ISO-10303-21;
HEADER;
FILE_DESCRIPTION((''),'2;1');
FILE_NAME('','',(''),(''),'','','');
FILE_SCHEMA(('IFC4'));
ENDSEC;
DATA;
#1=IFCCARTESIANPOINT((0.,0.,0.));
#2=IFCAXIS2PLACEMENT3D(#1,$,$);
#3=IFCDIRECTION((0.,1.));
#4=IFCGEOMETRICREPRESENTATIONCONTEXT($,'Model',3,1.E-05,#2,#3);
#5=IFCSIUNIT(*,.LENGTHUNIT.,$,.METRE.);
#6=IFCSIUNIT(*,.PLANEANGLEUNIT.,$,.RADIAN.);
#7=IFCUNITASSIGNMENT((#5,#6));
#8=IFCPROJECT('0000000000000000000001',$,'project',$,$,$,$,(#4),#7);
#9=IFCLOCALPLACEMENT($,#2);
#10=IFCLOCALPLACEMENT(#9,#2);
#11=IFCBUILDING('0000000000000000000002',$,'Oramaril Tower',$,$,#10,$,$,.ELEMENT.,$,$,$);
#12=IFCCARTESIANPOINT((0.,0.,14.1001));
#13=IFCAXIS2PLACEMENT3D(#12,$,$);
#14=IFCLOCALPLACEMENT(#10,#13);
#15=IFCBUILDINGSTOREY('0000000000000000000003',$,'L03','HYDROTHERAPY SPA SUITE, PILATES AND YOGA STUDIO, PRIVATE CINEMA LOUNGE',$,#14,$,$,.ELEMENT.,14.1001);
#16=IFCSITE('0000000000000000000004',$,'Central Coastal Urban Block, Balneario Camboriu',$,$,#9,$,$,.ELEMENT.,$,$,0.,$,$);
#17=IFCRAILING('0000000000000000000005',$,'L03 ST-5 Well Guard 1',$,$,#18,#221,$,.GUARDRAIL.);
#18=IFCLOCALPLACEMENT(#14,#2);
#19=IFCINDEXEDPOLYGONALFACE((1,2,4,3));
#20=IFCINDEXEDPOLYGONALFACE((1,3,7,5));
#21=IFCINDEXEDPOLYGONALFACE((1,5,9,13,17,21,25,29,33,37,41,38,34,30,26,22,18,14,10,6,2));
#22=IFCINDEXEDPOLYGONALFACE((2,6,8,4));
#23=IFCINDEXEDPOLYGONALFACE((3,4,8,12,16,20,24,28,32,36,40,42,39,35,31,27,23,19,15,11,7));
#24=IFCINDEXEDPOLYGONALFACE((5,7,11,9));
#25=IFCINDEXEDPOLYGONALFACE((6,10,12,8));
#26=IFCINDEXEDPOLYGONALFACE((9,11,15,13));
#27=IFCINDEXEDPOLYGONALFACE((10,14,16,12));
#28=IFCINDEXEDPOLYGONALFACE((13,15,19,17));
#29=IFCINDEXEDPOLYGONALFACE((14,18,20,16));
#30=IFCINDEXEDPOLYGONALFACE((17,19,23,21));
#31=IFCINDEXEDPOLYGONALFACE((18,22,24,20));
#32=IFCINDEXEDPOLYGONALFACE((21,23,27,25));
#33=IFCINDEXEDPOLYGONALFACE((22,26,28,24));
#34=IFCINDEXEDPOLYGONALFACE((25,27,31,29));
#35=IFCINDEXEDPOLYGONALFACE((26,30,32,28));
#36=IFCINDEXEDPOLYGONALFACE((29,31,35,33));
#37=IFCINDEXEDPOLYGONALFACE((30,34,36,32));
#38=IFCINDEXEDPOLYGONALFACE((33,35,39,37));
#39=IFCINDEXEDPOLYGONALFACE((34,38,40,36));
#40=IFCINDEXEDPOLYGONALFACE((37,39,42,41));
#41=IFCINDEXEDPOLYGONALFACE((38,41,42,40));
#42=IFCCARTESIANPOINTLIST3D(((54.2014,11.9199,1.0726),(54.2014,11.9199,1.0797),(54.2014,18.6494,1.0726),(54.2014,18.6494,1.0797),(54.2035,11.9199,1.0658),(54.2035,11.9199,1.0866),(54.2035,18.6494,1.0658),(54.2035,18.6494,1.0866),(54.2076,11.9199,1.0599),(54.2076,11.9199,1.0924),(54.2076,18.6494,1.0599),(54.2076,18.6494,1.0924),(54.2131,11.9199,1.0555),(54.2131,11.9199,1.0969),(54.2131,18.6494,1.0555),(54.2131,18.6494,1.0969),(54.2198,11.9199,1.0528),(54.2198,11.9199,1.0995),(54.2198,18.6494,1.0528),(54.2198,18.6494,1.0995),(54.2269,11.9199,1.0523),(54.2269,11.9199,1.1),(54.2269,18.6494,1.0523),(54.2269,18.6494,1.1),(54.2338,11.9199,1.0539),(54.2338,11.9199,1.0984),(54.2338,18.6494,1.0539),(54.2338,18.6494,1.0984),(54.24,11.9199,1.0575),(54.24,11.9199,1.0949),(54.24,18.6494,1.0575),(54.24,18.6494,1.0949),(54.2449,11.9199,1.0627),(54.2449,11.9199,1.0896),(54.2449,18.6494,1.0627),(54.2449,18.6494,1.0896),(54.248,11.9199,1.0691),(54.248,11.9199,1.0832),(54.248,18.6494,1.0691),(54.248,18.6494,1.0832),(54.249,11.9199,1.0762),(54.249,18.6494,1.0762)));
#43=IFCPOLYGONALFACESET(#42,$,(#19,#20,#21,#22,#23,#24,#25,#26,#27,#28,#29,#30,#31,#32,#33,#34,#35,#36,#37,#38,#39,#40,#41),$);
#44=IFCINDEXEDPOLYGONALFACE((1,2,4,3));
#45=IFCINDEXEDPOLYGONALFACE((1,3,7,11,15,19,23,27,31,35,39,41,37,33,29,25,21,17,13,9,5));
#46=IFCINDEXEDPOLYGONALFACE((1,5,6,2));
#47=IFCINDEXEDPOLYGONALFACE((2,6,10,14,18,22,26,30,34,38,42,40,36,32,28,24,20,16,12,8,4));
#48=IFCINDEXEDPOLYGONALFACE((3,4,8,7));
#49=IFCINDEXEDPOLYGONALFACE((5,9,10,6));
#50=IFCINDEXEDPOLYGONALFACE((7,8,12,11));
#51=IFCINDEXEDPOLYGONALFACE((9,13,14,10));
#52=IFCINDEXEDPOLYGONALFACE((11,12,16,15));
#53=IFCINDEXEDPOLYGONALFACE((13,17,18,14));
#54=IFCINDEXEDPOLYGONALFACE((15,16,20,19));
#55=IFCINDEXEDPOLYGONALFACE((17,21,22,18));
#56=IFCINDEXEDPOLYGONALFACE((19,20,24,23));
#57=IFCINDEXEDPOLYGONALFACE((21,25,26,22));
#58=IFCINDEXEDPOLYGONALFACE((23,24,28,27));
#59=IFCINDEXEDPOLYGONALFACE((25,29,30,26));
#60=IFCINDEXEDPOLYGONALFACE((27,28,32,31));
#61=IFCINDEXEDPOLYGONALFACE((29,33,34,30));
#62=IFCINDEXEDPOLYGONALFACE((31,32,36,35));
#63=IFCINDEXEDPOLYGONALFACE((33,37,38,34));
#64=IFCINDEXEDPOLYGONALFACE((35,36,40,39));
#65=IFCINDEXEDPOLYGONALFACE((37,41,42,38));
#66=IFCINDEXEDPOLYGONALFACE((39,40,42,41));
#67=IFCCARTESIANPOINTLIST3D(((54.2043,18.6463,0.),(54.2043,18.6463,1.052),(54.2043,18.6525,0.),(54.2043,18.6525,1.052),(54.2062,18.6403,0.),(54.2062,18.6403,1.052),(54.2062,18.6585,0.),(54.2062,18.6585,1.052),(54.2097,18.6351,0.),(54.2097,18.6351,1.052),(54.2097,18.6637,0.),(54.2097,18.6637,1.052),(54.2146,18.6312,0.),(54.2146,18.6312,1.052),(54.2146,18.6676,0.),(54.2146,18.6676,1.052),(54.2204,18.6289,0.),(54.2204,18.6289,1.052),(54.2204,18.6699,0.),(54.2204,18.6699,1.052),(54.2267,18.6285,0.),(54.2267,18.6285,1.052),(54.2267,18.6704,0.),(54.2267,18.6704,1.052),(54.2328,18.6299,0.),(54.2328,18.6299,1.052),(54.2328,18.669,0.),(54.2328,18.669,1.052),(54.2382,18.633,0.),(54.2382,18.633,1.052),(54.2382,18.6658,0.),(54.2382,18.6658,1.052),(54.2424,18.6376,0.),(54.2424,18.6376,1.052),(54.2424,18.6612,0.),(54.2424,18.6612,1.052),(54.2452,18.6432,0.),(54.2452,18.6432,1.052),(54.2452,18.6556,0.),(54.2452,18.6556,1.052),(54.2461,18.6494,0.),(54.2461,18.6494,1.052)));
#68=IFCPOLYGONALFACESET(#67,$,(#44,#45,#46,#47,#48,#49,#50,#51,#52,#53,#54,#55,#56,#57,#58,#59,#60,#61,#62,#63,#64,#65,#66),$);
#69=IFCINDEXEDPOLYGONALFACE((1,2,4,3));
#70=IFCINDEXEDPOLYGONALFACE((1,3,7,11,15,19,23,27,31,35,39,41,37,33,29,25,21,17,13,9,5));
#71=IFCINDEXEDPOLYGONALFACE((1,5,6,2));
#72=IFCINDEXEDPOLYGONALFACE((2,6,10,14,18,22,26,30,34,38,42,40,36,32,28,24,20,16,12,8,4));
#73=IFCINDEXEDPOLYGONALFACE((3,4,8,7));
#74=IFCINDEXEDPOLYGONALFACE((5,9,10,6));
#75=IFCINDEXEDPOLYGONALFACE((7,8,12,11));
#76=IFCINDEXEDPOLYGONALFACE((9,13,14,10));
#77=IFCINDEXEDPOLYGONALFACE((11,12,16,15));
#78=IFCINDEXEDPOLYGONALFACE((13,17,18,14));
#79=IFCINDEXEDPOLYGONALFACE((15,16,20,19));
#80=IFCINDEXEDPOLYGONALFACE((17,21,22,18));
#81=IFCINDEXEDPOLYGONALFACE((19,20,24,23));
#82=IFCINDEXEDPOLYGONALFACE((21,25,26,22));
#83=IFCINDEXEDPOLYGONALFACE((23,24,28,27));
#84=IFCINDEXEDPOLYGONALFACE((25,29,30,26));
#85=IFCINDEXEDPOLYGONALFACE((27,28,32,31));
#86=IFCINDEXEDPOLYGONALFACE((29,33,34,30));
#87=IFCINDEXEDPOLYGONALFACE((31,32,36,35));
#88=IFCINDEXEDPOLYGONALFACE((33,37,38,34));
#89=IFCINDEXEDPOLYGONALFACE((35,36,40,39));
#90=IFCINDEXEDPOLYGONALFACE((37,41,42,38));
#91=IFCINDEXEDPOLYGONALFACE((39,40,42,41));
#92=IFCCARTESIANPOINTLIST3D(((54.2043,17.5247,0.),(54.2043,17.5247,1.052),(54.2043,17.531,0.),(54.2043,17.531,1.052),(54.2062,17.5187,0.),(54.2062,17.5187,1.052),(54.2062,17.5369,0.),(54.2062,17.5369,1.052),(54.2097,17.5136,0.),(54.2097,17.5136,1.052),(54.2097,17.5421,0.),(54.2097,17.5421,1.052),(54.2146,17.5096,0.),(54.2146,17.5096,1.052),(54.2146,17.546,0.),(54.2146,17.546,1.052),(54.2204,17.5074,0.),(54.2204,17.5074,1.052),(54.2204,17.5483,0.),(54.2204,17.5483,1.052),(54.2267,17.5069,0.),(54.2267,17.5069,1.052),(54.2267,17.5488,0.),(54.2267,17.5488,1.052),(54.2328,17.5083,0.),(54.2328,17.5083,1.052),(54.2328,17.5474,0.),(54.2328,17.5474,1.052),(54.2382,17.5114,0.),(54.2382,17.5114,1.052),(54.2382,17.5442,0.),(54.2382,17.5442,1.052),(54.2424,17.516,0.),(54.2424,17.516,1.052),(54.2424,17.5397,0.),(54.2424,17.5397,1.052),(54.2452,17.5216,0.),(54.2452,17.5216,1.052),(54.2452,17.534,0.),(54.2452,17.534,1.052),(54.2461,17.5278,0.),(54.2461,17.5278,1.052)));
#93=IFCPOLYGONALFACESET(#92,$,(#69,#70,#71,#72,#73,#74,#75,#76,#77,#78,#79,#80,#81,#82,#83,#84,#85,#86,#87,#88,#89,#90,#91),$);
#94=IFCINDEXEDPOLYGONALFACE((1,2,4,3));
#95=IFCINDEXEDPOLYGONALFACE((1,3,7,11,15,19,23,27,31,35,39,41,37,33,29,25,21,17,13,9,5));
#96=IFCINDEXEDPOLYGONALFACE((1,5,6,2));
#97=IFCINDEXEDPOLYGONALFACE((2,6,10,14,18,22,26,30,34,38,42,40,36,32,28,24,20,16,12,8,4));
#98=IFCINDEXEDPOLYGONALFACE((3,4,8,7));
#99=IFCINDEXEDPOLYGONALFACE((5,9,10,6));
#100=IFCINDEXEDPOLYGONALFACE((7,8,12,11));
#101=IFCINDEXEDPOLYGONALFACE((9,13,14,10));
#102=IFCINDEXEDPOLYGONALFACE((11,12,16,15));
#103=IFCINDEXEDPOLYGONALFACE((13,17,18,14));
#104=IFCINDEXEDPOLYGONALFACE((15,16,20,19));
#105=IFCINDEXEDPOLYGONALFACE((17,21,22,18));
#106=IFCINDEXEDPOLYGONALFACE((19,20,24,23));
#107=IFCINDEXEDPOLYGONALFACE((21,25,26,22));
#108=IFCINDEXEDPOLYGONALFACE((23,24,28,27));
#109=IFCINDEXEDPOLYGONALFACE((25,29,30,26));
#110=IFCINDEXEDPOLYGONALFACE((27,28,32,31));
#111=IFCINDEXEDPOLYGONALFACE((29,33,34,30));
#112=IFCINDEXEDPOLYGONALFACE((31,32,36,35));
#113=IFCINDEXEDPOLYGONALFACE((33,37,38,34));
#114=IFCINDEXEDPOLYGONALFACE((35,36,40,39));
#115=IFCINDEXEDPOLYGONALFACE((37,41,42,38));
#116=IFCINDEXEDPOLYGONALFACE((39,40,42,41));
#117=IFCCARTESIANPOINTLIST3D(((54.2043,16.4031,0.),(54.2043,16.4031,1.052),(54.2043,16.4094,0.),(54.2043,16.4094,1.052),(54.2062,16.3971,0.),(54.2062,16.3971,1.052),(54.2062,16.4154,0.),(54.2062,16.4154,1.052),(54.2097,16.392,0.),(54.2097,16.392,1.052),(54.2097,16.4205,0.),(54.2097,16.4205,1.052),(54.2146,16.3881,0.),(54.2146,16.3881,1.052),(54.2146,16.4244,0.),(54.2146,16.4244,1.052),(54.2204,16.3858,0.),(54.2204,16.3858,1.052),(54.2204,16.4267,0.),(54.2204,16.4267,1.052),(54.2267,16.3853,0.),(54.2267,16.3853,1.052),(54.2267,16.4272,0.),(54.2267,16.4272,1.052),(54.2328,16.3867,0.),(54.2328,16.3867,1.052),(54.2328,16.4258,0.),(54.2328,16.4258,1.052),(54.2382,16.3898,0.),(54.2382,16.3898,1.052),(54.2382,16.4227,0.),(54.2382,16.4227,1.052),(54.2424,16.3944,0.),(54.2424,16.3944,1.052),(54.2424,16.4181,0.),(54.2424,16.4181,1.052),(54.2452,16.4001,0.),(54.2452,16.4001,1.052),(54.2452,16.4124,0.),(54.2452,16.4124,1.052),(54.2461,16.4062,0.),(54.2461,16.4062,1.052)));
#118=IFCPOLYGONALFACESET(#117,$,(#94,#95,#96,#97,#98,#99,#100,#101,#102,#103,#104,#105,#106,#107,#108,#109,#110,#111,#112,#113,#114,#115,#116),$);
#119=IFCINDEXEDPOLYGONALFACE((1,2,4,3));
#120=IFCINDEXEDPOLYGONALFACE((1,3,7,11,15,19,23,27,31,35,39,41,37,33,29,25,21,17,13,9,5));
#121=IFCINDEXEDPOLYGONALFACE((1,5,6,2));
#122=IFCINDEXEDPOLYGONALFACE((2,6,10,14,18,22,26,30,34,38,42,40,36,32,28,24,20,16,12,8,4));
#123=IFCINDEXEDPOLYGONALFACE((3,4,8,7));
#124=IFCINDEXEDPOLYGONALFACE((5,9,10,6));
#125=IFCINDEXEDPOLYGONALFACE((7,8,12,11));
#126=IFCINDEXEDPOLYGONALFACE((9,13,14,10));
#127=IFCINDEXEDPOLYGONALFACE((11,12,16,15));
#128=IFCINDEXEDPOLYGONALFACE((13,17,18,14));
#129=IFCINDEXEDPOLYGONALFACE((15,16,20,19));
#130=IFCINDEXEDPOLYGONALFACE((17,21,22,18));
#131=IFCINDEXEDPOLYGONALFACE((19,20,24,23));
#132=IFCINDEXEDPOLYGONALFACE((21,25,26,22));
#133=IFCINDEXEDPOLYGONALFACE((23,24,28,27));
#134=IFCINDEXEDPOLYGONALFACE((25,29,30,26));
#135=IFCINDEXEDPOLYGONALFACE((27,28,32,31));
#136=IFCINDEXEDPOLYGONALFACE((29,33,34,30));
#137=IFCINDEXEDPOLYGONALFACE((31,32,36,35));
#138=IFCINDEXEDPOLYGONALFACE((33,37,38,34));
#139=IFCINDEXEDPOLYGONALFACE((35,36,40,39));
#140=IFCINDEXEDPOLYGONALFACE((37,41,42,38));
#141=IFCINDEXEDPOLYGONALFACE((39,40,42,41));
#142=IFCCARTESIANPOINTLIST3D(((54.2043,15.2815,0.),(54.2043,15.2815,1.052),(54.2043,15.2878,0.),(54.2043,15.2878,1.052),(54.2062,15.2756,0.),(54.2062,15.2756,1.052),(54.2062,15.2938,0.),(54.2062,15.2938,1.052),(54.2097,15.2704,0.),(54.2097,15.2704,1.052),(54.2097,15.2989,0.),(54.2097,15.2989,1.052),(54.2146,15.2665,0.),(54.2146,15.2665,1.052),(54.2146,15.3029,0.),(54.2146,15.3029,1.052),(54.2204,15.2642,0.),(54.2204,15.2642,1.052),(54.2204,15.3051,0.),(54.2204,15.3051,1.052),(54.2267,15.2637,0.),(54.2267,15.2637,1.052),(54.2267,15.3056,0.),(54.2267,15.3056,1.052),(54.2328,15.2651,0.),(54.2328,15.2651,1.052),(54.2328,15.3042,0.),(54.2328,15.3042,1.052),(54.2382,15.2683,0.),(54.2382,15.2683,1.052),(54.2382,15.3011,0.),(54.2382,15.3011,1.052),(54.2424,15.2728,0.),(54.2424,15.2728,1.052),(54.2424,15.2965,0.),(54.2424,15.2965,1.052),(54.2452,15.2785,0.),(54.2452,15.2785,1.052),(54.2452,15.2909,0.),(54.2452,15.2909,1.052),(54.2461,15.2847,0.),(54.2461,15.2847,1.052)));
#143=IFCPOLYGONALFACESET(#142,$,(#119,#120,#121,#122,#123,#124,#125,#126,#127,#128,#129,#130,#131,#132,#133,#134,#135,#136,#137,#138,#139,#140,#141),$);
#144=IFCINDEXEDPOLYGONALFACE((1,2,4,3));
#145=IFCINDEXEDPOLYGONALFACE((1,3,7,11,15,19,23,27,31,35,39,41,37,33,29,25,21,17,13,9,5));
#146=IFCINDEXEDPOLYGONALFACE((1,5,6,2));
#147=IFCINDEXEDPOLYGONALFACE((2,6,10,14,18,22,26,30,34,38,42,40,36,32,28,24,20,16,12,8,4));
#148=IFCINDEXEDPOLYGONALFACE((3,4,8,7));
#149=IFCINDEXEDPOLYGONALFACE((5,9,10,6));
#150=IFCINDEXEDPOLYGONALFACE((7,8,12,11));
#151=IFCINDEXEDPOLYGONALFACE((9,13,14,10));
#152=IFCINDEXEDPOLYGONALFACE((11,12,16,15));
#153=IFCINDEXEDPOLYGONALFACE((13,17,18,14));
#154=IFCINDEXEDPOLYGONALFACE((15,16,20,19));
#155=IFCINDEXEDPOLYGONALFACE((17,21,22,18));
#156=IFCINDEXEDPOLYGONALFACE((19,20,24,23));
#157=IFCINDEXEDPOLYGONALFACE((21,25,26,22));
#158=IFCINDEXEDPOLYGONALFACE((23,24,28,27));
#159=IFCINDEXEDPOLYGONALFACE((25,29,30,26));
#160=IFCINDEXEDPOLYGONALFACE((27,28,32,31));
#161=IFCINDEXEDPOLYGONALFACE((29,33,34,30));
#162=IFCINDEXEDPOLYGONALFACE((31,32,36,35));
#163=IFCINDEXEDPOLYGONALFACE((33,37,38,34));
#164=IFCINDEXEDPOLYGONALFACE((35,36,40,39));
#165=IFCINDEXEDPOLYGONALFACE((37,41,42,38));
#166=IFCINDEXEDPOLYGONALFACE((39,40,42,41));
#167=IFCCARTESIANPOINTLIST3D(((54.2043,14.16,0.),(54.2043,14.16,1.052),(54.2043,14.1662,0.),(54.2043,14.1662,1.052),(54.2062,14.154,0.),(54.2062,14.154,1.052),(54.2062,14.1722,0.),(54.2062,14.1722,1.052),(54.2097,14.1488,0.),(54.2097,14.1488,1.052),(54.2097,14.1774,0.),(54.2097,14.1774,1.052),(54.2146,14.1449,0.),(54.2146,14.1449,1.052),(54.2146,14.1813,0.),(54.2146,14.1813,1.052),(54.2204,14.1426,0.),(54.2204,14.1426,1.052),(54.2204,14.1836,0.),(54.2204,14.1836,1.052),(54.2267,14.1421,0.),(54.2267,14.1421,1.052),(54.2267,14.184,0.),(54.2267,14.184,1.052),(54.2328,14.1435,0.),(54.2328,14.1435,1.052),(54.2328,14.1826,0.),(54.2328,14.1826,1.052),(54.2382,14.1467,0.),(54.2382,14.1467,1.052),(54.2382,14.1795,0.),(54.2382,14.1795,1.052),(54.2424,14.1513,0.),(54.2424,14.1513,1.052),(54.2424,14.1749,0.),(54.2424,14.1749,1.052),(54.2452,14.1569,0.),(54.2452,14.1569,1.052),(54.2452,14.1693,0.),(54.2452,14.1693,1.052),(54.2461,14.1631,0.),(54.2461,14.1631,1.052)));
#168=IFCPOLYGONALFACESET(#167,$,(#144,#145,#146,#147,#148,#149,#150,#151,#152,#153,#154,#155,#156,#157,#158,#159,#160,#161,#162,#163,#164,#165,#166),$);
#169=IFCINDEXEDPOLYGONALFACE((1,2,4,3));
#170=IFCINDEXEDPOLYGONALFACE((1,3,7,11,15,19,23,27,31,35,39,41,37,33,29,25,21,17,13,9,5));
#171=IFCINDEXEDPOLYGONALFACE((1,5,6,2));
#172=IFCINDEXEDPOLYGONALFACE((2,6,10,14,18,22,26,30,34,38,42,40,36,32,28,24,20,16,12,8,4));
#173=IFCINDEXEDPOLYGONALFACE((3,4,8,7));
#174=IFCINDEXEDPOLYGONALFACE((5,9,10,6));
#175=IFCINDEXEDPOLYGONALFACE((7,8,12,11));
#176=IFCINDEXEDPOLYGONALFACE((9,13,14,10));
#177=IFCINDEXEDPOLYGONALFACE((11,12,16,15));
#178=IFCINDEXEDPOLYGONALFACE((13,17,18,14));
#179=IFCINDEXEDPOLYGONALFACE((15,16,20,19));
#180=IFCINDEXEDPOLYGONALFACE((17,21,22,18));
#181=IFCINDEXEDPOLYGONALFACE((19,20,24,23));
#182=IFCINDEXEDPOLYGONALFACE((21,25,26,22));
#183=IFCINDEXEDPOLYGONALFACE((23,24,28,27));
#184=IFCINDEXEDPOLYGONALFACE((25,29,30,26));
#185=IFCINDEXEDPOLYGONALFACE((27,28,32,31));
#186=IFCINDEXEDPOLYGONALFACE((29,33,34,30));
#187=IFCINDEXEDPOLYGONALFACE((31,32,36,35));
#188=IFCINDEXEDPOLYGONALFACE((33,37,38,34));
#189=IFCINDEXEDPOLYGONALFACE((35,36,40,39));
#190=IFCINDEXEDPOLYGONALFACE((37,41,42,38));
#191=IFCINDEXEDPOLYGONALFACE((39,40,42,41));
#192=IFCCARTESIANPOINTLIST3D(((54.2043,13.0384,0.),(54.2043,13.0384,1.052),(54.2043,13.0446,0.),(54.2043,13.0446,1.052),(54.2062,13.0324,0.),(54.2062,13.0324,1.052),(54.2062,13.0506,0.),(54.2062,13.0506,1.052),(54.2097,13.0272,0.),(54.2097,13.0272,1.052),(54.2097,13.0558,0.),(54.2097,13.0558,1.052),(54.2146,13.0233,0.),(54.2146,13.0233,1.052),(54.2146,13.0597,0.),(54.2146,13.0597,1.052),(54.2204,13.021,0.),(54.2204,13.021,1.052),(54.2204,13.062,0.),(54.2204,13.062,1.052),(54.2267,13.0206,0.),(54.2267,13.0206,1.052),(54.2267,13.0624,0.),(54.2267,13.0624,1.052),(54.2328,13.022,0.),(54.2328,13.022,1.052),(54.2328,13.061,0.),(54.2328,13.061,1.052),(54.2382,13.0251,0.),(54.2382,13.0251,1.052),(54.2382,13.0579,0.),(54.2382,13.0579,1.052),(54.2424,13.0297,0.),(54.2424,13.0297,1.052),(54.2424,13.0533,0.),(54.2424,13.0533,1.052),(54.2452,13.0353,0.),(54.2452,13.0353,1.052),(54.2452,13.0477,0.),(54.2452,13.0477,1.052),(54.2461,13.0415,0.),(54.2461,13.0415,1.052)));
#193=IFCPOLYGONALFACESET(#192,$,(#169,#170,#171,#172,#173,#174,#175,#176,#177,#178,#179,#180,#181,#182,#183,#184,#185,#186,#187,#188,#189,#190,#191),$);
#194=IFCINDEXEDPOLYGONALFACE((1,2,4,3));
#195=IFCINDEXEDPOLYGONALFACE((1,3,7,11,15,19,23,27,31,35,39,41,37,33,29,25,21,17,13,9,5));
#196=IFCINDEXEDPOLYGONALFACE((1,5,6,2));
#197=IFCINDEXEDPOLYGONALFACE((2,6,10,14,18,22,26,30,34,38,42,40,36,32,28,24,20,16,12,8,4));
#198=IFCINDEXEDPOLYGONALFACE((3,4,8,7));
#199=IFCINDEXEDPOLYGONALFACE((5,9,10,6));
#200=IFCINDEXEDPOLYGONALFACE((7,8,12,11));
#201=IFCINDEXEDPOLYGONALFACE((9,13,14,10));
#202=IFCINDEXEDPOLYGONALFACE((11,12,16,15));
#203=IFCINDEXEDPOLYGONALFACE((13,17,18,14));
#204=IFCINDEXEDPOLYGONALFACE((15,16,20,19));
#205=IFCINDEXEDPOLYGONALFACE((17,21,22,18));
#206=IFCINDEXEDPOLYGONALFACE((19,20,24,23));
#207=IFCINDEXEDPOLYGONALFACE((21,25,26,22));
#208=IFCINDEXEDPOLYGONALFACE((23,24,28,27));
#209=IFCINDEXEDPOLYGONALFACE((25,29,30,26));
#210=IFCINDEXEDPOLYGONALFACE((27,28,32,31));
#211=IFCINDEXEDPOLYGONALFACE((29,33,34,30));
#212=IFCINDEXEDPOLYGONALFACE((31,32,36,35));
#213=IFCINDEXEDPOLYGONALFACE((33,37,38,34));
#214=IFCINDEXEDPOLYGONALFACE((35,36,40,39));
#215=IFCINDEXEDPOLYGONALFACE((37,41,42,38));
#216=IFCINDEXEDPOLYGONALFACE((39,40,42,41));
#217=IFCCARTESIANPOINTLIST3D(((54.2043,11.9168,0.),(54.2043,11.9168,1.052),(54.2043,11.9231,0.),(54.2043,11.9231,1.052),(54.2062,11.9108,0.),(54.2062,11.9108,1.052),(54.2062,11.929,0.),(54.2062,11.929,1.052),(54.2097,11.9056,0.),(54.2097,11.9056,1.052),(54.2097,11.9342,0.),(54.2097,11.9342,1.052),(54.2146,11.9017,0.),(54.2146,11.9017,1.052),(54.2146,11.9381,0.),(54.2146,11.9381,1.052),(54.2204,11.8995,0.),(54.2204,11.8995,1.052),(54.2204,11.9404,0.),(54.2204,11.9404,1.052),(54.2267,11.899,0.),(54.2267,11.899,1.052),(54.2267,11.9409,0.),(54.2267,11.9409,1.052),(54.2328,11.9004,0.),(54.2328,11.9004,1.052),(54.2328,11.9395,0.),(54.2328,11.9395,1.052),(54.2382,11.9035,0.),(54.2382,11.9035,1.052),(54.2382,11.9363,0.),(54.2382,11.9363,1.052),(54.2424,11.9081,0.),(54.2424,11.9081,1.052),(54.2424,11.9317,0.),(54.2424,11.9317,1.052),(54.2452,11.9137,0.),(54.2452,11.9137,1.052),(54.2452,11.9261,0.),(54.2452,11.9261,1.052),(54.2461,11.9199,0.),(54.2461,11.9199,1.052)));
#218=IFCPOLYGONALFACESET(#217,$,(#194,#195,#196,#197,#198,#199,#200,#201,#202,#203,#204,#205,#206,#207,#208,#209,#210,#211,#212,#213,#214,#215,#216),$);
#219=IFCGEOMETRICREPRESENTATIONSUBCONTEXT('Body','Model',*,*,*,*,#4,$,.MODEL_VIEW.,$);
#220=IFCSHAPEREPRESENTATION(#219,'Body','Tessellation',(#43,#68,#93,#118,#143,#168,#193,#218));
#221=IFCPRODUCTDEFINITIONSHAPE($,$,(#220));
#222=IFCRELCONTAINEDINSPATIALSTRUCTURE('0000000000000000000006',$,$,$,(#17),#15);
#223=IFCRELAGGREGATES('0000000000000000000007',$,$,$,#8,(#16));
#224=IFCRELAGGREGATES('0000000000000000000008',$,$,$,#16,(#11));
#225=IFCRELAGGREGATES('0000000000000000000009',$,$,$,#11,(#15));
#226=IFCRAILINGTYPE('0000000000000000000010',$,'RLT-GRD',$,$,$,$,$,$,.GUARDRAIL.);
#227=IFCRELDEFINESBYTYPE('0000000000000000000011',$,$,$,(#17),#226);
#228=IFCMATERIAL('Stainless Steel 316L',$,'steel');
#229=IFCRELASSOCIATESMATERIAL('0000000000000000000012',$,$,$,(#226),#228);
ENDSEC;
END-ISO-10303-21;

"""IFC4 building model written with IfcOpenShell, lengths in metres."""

from ifc_helpers import new_model, si_unit, direction, frame, origin, origin_2d, place, context, subcontext, project, spatial, circle, extrude, material, type_object, element, save


model = new_model("IFC4")

# Units and contexts
model_context = context("Model", 3, precision=1e-05, world=origin(), true_north=direction((0.0, 1.0)))
body_context = subcontext(model_context, "Body", "Model", "MODEL_VIEW")
ifc_project = project(units=[si_unit("LENGTHUNIT", "METRE"), si_unit("PLANEANGLEUNIT", "RADIAN")], contexts=[model_context])

# Site, building, storey
site_placement = place(None, origin())
site = spatial("IfcSite", under=ifc_project, at=site_placement, Name="Central Coastal Urban Block, Balneario Camboriu", CompositionType="ELEMENT", RefElevation=0.0)
building_placement = place(site_placement, origin())
building = spatial("IfcBuilding", under=site, at=building_placement, Name="Oramaril Tower", CompositionType="ELEMENT")
storey_placement = place(building_placement, frame((0.0, 0.0, 14.1001)))
storey = spatial("IfcBuildingStorey", under=building, at=storey_placement, Name="L03", Description="HYDROTHERAPY SPA SUITE, PILATES AND YOGA STUDIO, PRIVATE CINEMA LOUNGE", CompositionType="ELEMENT", Elevation=14.1001)

# Railing
ifc_material_1 = material(Name="Stainless Steel 316L", Category="steel")
railing_type_1 = type_object("IfcRailingType", Name="RLT-GRD", PredefinedType="GUARDRAIL", material=ifc_material_1)
railing_1_placement = place(storey_placement, frame((54.2251, 18.6494, 0.0)))
element("IfcRailing", 1, at=railing_1_placement, inside=storey, type_object=railing_type_1, Name="L03 ST-5 Well Guard 1", PredefinedType="GUARDRAIL", context=body_context, shape_type="SweptSolid", body=[
    extrude(circle(Radius=0.0239, at=origin_2d()), frame((0.0, 0.0, 1.0762), z_axis=(0.0, -1.0, 0.0), x_axis=(1.0, 0.0, 0.0)), (0.0, 0.0, 1.0), 6.7295),
    extrude(circle(Radius=0.021, at=origin_2d()), origin(), (0.0, 0.0, 1.0), 1.052),
    extrude(circle(Radius=0.021, at=origin_2d()), frame((0.0, -1.1216, 0.0)), (0.0, 0.0, 1.0), 1.052),
    extrude(circle(Radius=0.021, at=origin_2d()), frame((0.0, -2.2432, 0.0)), (0.0, 0.0, 1.0), 1.052),
    extrude(circle(Radius=0.021, at=origin_2d()), frame((0.0, -3.3647, 0.0)), (0.0, 0.0, 1.0), 1.052),
    extrude(circle(Radius=0.021, at=origin_2d()), frame((0.0, -4.4863, 0.0)), (0.0, 0.0, 1.0), 1.052),
    extrude(circle(Radius=0.021, at=origin_2d()), frame((0.0, -5.6079, 0.0)), (0.0, 0.0, 1.0), 1.052),
    extrude(circle(Radius=0.021, at=origin_2d()), frame((0.0, -6.7295, 0.0)), (0.0, 0.0, 1.0), 1.052),
])

save(model, "model.ifc")
